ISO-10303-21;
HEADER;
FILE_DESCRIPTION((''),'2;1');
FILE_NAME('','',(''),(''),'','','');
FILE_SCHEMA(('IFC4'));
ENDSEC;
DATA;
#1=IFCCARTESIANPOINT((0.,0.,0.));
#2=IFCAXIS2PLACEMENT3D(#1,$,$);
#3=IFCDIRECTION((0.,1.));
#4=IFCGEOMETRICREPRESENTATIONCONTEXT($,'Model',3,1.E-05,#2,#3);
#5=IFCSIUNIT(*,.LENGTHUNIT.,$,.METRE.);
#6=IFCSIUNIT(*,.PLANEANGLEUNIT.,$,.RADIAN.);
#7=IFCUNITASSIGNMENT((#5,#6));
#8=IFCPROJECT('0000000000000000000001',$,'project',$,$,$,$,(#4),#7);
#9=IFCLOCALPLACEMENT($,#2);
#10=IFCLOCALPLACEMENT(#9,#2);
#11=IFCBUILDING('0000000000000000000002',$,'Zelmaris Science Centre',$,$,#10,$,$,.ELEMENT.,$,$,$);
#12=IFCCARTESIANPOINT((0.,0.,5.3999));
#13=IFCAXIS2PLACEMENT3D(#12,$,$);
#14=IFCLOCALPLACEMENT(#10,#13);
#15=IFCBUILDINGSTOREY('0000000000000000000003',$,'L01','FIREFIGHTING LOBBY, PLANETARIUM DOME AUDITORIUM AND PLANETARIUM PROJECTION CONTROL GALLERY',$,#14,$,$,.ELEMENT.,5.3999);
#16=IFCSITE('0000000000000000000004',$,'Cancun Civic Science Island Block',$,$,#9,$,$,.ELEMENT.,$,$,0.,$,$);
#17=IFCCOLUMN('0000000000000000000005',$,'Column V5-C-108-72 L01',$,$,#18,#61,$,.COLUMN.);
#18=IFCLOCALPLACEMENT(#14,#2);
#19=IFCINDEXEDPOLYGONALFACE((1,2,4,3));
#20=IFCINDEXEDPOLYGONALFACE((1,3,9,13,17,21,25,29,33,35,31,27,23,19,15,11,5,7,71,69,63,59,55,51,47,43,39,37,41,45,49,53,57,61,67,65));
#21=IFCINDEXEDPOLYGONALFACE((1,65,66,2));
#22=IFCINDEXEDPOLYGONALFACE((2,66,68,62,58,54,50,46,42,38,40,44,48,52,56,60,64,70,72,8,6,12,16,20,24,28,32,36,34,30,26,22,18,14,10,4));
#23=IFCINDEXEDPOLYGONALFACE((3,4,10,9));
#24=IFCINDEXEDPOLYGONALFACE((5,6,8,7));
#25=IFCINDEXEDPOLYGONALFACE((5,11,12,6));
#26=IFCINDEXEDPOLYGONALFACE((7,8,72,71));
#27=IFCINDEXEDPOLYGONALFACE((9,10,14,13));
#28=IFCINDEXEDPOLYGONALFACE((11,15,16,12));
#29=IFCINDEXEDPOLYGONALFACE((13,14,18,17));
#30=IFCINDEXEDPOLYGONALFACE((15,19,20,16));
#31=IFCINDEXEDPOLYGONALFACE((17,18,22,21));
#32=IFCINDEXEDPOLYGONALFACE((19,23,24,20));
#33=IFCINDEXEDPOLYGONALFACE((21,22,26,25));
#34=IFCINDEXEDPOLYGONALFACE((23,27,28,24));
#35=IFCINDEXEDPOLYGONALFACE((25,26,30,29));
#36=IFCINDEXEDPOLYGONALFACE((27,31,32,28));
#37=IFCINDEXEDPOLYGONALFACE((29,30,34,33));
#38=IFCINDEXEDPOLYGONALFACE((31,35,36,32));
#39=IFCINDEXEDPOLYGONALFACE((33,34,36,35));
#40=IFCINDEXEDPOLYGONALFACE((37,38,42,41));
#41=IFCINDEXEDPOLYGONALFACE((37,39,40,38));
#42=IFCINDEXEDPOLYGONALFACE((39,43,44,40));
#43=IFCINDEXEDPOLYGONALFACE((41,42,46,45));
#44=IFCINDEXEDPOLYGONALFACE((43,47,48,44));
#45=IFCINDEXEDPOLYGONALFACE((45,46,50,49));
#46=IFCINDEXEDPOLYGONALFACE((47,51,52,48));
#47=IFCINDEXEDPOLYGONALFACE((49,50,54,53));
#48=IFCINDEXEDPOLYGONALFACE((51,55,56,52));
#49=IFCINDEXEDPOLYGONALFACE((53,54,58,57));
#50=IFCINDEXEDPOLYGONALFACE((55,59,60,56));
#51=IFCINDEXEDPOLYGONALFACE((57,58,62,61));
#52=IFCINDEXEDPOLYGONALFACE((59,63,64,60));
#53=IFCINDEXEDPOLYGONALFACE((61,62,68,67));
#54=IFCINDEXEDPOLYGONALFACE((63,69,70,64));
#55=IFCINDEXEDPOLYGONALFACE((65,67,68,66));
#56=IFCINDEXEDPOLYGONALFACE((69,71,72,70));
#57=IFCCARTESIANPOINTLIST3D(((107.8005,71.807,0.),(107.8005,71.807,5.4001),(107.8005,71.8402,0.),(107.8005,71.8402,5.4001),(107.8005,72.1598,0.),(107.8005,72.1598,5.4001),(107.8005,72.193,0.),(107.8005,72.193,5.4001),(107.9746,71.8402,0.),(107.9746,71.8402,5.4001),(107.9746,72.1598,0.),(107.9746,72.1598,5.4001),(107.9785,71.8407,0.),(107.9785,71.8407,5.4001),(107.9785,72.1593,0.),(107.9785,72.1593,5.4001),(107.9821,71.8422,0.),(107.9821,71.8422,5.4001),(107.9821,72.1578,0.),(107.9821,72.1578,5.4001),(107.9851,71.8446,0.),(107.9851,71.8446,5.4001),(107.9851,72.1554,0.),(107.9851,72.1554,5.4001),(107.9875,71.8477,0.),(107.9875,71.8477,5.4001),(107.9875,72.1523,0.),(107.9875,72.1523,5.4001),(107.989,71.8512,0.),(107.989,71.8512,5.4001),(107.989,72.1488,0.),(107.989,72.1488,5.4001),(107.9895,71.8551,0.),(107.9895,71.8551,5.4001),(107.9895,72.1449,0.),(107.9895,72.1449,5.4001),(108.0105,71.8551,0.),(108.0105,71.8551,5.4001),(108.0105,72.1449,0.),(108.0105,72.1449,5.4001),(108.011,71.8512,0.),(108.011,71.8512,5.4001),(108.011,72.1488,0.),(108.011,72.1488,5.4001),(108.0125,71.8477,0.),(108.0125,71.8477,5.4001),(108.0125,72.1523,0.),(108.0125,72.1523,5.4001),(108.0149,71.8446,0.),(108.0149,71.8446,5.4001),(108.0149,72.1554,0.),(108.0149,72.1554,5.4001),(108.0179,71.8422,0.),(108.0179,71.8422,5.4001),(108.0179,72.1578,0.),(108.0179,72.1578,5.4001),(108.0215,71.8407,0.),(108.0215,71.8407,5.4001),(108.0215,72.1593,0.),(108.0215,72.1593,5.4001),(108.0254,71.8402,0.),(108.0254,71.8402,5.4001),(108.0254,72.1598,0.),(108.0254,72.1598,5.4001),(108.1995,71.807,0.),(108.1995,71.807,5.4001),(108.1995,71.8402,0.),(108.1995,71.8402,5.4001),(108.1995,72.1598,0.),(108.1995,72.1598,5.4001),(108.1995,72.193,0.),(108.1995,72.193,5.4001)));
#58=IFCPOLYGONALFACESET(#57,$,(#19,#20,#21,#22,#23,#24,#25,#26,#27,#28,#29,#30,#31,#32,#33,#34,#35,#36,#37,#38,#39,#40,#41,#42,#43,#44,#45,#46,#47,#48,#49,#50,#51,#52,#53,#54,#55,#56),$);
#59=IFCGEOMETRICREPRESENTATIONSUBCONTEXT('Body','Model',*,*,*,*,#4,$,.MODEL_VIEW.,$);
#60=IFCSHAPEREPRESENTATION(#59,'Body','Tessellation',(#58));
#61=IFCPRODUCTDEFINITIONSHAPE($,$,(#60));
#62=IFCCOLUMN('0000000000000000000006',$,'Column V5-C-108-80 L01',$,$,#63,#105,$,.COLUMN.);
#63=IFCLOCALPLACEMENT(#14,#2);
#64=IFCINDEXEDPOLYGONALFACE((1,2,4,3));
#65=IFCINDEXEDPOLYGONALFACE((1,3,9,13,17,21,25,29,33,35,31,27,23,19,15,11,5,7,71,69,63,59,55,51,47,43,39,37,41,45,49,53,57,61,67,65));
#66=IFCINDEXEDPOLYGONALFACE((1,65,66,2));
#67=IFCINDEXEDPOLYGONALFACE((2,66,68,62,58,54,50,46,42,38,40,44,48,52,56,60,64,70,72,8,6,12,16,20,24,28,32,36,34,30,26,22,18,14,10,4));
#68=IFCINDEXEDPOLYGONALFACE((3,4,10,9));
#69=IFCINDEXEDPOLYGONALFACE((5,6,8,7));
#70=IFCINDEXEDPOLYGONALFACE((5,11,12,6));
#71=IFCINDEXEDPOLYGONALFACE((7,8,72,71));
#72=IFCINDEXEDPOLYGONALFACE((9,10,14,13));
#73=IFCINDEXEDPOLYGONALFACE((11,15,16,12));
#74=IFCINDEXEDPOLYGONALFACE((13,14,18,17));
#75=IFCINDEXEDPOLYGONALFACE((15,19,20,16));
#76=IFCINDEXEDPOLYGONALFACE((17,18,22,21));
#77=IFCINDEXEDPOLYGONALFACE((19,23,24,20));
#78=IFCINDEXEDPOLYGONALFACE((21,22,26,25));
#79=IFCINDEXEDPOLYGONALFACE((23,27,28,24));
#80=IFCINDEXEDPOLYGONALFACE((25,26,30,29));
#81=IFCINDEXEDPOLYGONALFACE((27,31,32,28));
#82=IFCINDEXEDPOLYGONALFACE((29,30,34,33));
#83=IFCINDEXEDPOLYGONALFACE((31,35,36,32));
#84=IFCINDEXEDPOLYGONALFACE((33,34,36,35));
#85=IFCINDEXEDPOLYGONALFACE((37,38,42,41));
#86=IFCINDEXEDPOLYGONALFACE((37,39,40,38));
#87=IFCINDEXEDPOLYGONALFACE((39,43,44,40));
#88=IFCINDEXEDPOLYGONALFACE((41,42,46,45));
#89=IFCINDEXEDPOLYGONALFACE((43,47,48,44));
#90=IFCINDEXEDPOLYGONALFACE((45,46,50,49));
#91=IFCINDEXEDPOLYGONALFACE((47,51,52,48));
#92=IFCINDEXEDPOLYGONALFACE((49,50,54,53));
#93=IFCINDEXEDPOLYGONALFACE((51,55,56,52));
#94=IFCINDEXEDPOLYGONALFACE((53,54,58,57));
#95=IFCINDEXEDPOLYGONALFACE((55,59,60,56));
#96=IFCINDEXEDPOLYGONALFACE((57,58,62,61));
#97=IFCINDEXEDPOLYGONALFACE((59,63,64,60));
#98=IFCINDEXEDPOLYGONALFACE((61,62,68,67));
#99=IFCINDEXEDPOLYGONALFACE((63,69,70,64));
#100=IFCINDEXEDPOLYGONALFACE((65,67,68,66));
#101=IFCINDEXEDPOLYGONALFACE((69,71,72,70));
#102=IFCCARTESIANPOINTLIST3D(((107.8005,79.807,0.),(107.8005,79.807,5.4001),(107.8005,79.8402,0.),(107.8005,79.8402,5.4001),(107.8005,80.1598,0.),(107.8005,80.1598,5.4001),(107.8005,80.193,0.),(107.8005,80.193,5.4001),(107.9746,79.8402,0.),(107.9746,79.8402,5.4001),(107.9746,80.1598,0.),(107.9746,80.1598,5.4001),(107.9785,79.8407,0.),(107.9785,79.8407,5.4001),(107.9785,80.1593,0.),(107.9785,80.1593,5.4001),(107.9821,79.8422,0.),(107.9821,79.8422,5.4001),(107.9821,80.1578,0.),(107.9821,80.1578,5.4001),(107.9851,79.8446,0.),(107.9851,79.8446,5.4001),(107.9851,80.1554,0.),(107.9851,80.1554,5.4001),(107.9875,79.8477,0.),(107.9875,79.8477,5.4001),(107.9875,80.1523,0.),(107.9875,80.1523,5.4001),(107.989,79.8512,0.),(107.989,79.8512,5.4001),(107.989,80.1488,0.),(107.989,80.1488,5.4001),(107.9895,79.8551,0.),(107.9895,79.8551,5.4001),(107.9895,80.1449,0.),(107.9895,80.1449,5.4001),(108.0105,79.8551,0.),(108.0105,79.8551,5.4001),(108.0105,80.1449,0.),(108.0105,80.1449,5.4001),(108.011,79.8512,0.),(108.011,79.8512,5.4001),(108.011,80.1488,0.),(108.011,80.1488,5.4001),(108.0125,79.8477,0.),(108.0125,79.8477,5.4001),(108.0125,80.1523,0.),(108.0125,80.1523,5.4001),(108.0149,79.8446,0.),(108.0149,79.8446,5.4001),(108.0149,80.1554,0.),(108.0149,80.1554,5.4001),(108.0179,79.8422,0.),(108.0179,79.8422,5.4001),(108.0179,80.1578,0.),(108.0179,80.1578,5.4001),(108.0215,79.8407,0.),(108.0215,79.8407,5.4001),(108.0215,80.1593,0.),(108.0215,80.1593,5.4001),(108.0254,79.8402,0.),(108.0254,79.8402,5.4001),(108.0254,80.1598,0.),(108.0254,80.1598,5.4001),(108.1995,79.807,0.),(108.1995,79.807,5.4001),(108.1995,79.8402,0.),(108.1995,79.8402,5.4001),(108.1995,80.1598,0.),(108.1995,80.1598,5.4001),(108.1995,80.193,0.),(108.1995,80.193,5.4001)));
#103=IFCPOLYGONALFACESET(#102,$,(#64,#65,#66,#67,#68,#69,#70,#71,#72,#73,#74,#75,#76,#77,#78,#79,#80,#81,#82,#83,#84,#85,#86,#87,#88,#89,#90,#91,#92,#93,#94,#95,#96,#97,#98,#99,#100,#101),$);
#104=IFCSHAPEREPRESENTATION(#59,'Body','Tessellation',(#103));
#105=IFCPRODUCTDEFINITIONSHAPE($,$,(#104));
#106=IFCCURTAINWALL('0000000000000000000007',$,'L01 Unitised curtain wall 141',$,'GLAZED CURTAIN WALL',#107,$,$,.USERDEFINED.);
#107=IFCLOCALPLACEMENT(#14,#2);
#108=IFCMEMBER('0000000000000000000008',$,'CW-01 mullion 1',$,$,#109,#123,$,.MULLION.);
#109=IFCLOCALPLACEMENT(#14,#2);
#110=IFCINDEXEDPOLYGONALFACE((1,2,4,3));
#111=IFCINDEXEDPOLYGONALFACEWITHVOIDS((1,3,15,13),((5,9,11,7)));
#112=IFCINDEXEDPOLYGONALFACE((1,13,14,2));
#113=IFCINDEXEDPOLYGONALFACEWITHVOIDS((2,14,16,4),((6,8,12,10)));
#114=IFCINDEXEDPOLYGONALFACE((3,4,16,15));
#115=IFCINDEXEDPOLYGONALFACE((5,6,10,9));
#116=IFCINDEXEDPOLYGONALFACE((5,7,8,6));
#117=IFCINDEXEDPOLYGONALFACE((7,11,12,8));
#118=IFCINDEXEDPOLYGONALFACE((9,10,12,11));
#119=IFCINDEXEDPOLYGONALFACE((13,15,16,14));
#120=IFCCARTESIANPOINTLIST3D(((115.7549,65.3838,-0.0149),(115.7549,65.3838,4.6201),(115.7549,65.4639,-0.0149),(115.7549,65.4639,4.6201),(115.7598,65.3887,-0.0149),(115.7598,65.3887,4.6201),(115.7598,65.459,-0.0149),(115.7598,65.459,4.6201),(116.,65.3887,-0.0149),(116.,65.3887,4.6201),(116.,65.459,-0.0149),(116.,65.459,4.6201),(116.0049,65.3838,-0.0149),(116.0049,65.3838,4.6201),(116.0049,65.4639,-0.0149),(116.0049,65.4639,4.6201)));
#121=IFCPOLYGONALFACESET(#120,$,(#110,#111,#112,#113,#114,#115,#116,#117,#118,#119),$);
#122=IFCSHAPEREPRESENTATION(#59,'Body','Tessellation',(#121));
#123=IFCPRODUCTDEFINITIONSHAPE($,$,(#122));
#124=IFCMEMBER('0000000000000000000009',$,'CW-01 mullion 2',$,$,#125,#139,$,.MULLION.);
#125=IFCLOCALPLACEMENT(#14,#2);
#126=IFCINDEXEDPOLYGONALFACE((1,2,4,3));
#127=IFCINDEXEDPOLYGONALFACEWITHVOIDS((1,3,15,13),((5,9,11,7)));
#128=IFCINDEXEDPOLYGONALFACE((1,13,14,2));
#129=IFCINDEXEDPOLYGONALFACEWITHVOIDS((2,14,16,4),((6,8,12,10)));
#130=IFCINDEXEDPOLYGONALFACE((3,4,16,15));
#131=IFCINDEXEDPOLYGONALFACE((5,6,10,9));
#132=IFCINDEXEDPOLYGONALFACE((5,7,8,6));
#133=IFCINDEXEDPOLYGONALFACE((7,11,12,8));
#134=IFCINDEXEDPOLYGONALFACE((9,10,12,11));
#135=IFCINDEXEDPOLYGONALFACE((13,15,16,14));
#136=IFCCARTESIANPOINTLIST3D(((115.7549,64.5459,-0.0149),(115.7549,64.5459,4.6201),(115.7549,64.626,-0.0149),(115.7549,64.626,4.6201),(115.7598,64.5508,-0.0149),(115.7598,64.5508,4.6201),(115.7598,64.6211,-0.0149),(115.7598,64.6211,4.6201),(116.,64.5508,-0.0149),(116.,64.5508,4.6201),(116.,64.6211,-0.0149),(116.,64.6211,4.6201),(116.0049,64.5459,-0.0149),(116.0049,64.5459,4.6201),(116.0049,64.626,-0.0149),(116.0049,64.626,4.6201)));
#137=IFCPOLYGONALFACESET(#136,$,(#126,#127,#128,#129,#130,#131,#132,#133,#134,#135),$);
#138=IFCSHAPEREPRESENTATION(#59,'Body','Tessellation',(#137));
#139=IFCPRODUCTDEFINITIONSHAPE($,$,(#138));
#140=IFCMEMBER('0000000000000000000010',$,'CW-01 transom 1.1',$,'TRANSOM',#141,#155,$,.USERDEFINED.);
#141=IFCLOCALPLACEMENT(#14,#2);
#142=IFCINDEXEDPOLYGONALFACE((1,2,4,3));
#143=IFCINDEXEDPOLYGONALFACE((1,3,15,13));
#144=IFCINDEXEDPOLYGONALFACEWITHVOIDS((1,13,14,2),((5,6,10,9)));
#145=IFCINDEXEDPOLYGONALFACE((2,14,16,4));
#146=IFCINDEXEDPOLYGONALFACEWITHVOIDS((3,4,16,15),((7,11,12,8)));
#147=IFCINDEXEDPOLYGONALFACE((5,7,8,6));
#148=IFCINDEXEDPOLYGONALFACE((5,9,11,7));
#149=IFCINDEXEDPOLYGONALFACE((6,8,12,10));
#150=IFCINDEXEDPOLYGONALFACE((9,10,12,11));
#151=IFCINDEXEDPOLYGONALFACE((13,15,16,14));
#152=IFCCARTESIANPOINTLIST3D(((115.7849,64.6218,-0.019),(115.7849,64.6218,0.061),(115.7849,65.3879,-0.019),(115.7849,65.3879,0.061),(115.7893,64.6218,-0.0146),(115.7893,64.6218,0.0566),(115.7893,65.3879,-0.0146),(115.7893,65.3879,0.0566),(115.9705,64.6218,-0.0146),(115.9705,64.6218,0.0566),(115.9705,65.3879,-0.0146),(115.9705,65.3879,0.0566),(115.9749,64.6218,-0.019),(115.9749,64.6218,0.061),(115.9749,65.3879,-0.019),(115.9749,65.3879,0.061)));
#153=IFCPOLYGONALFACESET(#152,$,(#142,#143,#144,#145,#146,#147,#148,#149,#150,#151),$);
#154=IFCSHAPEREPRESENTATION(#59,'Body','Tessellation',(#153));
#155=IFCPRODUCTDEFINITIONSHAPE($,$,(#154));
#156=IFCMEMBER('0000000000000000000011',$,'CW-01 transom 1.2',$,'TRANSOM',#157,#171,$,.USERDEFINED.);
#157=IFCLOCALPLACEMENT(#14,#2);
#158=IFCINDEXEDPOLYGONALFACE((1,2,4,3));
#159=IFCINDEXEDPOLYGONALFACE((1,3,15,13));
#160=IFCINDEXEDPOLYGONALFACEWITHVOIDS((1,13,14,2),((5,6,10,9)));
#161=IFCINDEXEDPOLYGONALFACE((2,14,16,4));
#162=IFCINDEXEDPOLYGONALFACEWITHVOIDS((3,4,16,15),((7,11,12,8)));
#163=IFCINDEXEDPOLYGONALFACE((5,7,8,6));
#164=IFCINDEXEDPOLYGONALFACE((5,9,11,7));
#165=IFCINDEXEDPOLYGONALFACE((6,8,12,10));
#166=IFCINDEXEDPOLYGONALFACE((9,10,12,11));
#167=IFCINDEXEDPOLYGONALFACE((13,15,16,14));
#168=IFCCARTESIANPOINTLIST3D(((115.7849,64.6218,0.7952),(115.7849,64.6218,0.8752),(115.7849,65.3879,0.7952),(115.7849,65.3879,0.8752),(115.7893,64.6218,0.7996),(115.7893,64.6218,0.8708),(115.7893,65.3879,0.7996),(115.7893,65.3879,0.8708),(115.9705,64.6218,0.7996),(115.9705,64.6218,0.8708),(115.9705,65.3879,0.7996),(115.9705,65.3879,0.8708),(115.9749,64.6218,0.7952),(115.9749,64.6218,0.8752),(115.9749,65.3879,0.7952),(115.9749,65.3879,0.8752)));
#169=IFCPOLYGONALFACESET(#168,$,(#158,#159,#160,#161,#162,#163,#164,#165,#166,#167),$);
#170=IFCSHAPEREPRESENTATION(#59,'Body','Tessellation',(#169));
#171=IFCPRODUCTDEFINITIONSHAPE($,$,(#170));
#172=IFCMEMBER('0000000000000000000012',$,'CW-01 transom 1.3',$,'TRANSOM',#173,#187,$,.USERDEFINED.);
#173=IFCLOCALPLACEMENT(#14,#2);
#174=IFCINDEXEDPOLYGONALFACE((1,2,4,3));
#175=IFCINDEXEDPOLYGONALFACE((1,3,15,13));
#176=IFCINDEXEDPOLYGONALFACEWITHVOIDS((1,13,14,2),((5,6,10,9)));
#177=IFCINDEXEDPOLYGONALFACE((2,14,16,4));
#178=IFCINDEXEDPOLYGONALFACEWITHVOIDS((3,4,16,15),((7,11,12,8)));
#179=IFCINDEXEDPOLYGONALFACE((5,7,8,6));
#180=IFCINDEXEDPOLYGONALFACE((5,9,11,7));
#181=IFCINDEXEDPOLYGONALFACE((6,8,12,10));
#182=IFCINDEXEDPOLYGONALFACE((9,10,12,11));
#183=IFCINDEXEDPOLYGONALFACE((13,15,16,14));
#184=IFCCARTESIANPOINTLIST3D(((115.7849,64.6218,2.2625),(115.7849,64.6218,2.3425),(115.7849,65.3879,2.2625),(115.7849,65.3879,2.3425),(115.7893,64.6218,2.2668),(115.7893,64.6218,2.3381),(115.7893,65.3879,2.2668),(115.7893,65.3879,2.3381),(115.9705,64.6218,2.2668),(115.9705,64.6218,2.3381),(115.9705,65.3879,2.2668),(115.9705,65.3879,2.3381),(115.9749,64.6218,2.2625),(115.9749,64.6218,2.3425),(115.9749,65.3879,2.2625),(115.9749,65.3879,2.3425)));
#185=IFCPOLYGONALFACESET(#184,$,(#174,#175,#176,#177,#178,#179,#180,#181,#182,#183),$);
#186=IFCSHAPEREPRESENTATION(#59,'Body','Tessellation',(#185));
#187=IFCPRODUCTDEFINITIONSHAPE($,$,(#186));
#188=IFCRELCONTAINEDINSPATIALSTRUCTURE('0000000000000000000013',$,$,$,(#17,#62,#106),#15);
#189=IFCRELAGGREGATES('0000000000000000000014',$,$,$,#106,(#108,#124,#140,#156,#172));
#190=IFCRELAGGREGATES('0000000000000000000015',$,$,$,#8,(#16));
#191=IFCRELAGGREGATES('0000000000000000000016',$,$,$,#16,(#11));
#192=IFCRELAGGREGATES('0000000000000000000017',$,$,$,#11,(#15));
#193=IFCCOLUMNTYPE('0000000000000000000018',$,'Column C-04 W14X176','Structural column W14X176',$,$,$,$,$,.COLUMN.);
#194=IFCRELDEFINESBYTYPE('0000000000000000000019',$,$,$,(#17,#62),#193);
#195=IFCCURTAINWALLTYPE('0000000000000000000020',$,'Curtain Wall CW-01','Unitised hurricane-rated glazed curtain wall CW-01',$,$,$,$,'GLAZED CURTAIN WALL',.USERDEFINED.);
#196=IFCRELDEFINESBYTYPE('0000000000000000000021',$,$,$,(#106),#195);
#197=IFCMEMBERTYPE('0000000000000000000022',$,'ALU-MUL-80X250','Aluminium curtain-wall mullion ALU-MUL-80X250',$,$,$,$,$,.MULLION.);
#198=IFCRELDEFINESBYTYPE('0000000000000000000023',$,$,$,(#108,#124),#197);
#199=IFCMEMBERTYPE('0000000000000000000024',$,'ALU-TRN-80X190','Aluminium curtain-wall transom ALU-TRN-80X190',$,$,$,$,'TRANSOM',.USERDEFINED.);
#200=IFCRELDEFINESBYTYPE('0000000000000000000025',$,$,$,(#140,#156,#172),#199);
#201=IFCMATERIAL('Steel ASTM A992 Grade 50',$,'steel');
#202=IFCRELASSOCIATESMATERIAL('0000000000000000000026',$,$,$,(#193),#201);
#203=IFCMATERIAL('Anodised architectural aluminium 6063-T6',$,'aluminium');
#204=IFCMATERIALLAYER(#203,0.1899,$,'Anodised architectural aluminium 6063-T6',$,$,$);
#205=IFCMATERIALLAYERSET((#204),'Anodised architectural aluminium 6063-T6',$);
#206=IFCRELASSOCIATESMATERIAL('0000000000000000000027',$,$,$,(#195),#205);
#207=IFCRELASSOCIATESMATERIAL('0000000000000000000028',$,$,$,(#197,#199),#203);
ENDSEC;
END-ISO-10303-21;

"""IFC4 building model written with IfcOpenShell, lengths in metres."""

from ifc_helpers import new_model, si_unit, direction, frame, origin, origin_2d, place, context, subcontext, project, spatial, hollow_rectangle, i_section, extrude, material, layer, layer_set, material_profile, profile_set, type_object, element, aggregate, save


model = new_model("IFC4")

# Units and contexts
model_context = context("Model", 3, precision=1e-05, world=origin(), true_north=direction((0.0, 1.0)))
body_context = subcontext(model_context, "Body", "Model", "MODEL_VIEW")
ifc_project = project(units=[si_unit("LENGTHUNIT", "METRE"), si_unit("PLANEANGLEUNIT", "RADIAN")], contexts=[model_context])

# Site, building, storey
site_placement = place(None, origin())
site = spatial("IfcSite", under=ifc_project, at=site_placement, Name="Cancun Civic Science Island Block", CompositionType="ELEMENT", RefElevation=0.0)
building_placement = place(site_placement, origin())
building = spatial("IfcBuilding", under=site, at=building_placement, Name="Zelmaris Science Centre", CompositionType="ELEMENT")
storey_placement = place(building_placement, frame((0.0, 0.0, 5.3999)))
storey = spatial("IfcBuildingStorey", under=building, at=storey_placement, Name="L01", Description="FIREFIGHTING LOBBY, PLANETARIUM DOME AUDITORIUM AND PLANETARIUM PROJECTION CONTROL GALLERY", CompositionType="ELEMENT", Elevation=5.3999)

# Columns
ifc_material_1 = material(Name="Steel ASTM A992 Grade 50", Category="steel")
ifc_material_profile_1 = material_profile(ifc_material_1, i_section(OverallWidth=0.3989, OverallDepth=0.386, WebThickness=0.021, FlangeThickness=0.0332, FilletRadius=0.0149, at=origin_2d()), Name="W14X176")
ifc_profile_set_1 = profile_set([ifc_material_profile_1], Name="Steel ASTM A992 Grade 50")
column_type = type_object("IfcColumnType", Name="Column C-04 W14X176", Description="Structural column W14X176", PredefinedType="COLUMN", material=ifc_profile_set_1)
for number, where, z_axis, x_axis, name in (
    (1, (108.0, 72.0, 0.0), (0.0, 0.0, 1.0), (1.0, 0.0, 0.0), "Column V5-C-108-72 L01"),
    (2, (108.0, 80.0, 0.0), (0.0, 0.0, 1.0), (1.0, 0.0, 0.0), "Column V5-C-108-80 L01"),
):
    element("IfcColumn", number, at=place(storey_placement, frame(where, z_axis=z_axis, x_axis=x_axis)), inside=storey, type_object=column_type, Name=name, PredefinedType="COLUMN", context=body_context, shape_type="SweptSolid", body=[
        extrude(i_section(OverallWidth=0.3989, OverallDepth=0.386, WebThickness=0.021, FlangeThickness=0.0332, FilletRadius=0.0149, at=origin_2d()), origin(), (0.0, 0.0, 1.0), 5.4001),
    ])

# Curtain wall, members
ifc_material_2 = material(Name="Anodised architectural aluminium 6063-T6", Category="aluminium")
ifc_layer_1 = layer(ifc_material_2, 0.1899, Name="Anodised architectural aluminium 6063-T6")
ifc_layer_set_1 = layer_set([ifc_layer_1], Name="Anodised architectural aluminium 6063-T6")
curtain_wall_type = type_object("IfcCurtainWallType", Name="Curtain Wall CW-01", Description="Unitised hurricane-rated glazed curtain wall CW-01", ElementType="GLAZED CURTAIN WALL", PredefinedType="USERDEFINED", material=ifc_layer_set_1)
curtain_wall_placement = place(storey_placement, origin())
curtain_wall = element("IfcCurtainWall", 3, at=curtain_wall_placement, inside=storey, type_object=curtain_wall_type, Name="L01 Unitised curtain wall 141", ObjectType="GLAZED CURTAIN WALL", PredefinedType="USERDEFINED")
ifc_material_profile_2 = material_profile(ifc_material_2, hollow_rectangle(XDim=0.0801, YDim=0.25, WallThickness=0.0049, at=origin_2d()), Name="ALU-MUL-80X250")
ifc_profile_set_2 = profile_set([ifc_material_profile_2], Name="Anodised architectural aluminium 6063-T6")
member_type_1 = type_object("IfcMemberType", Name="ALU-MUL-80X250", Description="Aluminium curtain-wall mullion ALU-MUL-80X250", PredefinedType="MULLION", material=ifc_profile_set_2)
member_1_placement = place(storey_placement, frame((115.8799, 65.4238, -0.0149), z_axis=(0.0, 0.0, 1.0), x_axis=(0.000007, -1.0, 0.0)))
member_1 = element("IfcMember", 4, at=member_1_placement, type_object=member_type_1, Name="CW-01 mullion 1", PredefinedType="MULLION", context=body_context, shape_type="SweptSolid", body=[
    extrude(hollow_rectangle(XDim=0.0801, YDim=0.25, WallThickness=0.0049, at=origin_2d()), origin(), (0.0, 0.0, 1.0), 4.635),
])
member_2_placement = place(storey_placement, frame((115.8799, 64.5859, -0.0149), z_axis=(0.0, 0.0, 1.0), x_axis=(0.000007, -1.0, 0.0)))
member_2 = element("IfcMember", 5, at=member_2_placement, type_object=member_type_1, Name="CW-01 mullion 2", PredefinedType="MULLION", context=body_context, shape_type="SweptSolid", body=[
    extrude(hollow_rectangle(XDim=0.0801, YDim=0.25, WallThickness=0.0049, at=origin_2d()), origin(), (0.0, 0.0, 1.0), 4.635),
])
ifc_material_profile_3 = material_profile(ifc_material_2, hollow_rectangle(XDim=0.0801, YDim=0.1899, WallThickness=0.0044, at=origin_2d()), Name="ALU-TRN-80X190")
ifc_profile_set_3 = profile_set([ifc_material_profile_3], Name="Anodised architectural aluminium 6063-T6")
member_type_2 = type_object("IfcMemberType", Name="ALU-TRN-80X190", Description="Aluminium curtain-wall transom ALU-TRN-80X190", ElementType="TRANSOM", PredefinedType="USERDEFINED", material=ifc_profile_set_3)
member_3_placement = place(storey_placement, frame((115.8799, 65.3879, 0.021), z_axis=(0.0, -1.0, 0.0), x_axis=(0.0, 0.0, 1.0)))
member_3 = element("IfcMember", 6, at=member_3_placement, type_object=member_type_2, Name="CW-01 transom 1.1", ObjectType="TRANSOM", PredefinedType="USERDEFINED", context=body_context, shape_type="SweptSolid", body=[
    extrude(hollow_rectangle(XDim=0.0801, YDim=0.1899, WallThickness=0.0044, at=origin_2d()), origin(), (0.0, 0.0, 1.0), 0.7661),
])
member_4_placement = place(storey_placement, frame((115.8799, 65.3879, 0.8352), z_axis=(0.0, -1.0, 0.0), x_axis=(0.0, 0.0, 1.0)))
member_4 = element("IfcMember", 7, at=member_4_placement, type_object=member_type_2, Name="CW-01 transom 1.2", ObjectType="TRANSOM", PredefinedType="USERDEFINED", context=body_context, shape_type="SweptSolid", body=[
    extrude(hollow_rectangle(XDim=0.0801, YDim=0.1899, WallThickness=0.0044, at=origin_2d()), origin(), (0.0, 0.0, 1.0), 0.7661),
])
member_5_placement = place(storey_placement, frame((115.8799, 65.3879, 2.3025), z_axis=(0.0, -1.0, 0.0), x_axis=(0.0, 0.0, 1.0)))
member_5 = element("IfcMember", 8, at=member_5_placement, type_object=member_type_2, Name="CW-01 transom 1.3", ObjectType="TRANSOM", PredefinedType="USERDEFINED", context=body_context, shape_type="SweptSolid", body=[
    extrude(hollow_rectangle(XDim=0.0801, YDim=0.1899, WallThickness=0.0044, at=origin_2d()), origin(), (0.0, 0.0, 1.0), 0.7661),
])

aggregate(curtain_wall, [member_1, member_2, member_3, member_4, member_5])

save(model, "model.ifc")
